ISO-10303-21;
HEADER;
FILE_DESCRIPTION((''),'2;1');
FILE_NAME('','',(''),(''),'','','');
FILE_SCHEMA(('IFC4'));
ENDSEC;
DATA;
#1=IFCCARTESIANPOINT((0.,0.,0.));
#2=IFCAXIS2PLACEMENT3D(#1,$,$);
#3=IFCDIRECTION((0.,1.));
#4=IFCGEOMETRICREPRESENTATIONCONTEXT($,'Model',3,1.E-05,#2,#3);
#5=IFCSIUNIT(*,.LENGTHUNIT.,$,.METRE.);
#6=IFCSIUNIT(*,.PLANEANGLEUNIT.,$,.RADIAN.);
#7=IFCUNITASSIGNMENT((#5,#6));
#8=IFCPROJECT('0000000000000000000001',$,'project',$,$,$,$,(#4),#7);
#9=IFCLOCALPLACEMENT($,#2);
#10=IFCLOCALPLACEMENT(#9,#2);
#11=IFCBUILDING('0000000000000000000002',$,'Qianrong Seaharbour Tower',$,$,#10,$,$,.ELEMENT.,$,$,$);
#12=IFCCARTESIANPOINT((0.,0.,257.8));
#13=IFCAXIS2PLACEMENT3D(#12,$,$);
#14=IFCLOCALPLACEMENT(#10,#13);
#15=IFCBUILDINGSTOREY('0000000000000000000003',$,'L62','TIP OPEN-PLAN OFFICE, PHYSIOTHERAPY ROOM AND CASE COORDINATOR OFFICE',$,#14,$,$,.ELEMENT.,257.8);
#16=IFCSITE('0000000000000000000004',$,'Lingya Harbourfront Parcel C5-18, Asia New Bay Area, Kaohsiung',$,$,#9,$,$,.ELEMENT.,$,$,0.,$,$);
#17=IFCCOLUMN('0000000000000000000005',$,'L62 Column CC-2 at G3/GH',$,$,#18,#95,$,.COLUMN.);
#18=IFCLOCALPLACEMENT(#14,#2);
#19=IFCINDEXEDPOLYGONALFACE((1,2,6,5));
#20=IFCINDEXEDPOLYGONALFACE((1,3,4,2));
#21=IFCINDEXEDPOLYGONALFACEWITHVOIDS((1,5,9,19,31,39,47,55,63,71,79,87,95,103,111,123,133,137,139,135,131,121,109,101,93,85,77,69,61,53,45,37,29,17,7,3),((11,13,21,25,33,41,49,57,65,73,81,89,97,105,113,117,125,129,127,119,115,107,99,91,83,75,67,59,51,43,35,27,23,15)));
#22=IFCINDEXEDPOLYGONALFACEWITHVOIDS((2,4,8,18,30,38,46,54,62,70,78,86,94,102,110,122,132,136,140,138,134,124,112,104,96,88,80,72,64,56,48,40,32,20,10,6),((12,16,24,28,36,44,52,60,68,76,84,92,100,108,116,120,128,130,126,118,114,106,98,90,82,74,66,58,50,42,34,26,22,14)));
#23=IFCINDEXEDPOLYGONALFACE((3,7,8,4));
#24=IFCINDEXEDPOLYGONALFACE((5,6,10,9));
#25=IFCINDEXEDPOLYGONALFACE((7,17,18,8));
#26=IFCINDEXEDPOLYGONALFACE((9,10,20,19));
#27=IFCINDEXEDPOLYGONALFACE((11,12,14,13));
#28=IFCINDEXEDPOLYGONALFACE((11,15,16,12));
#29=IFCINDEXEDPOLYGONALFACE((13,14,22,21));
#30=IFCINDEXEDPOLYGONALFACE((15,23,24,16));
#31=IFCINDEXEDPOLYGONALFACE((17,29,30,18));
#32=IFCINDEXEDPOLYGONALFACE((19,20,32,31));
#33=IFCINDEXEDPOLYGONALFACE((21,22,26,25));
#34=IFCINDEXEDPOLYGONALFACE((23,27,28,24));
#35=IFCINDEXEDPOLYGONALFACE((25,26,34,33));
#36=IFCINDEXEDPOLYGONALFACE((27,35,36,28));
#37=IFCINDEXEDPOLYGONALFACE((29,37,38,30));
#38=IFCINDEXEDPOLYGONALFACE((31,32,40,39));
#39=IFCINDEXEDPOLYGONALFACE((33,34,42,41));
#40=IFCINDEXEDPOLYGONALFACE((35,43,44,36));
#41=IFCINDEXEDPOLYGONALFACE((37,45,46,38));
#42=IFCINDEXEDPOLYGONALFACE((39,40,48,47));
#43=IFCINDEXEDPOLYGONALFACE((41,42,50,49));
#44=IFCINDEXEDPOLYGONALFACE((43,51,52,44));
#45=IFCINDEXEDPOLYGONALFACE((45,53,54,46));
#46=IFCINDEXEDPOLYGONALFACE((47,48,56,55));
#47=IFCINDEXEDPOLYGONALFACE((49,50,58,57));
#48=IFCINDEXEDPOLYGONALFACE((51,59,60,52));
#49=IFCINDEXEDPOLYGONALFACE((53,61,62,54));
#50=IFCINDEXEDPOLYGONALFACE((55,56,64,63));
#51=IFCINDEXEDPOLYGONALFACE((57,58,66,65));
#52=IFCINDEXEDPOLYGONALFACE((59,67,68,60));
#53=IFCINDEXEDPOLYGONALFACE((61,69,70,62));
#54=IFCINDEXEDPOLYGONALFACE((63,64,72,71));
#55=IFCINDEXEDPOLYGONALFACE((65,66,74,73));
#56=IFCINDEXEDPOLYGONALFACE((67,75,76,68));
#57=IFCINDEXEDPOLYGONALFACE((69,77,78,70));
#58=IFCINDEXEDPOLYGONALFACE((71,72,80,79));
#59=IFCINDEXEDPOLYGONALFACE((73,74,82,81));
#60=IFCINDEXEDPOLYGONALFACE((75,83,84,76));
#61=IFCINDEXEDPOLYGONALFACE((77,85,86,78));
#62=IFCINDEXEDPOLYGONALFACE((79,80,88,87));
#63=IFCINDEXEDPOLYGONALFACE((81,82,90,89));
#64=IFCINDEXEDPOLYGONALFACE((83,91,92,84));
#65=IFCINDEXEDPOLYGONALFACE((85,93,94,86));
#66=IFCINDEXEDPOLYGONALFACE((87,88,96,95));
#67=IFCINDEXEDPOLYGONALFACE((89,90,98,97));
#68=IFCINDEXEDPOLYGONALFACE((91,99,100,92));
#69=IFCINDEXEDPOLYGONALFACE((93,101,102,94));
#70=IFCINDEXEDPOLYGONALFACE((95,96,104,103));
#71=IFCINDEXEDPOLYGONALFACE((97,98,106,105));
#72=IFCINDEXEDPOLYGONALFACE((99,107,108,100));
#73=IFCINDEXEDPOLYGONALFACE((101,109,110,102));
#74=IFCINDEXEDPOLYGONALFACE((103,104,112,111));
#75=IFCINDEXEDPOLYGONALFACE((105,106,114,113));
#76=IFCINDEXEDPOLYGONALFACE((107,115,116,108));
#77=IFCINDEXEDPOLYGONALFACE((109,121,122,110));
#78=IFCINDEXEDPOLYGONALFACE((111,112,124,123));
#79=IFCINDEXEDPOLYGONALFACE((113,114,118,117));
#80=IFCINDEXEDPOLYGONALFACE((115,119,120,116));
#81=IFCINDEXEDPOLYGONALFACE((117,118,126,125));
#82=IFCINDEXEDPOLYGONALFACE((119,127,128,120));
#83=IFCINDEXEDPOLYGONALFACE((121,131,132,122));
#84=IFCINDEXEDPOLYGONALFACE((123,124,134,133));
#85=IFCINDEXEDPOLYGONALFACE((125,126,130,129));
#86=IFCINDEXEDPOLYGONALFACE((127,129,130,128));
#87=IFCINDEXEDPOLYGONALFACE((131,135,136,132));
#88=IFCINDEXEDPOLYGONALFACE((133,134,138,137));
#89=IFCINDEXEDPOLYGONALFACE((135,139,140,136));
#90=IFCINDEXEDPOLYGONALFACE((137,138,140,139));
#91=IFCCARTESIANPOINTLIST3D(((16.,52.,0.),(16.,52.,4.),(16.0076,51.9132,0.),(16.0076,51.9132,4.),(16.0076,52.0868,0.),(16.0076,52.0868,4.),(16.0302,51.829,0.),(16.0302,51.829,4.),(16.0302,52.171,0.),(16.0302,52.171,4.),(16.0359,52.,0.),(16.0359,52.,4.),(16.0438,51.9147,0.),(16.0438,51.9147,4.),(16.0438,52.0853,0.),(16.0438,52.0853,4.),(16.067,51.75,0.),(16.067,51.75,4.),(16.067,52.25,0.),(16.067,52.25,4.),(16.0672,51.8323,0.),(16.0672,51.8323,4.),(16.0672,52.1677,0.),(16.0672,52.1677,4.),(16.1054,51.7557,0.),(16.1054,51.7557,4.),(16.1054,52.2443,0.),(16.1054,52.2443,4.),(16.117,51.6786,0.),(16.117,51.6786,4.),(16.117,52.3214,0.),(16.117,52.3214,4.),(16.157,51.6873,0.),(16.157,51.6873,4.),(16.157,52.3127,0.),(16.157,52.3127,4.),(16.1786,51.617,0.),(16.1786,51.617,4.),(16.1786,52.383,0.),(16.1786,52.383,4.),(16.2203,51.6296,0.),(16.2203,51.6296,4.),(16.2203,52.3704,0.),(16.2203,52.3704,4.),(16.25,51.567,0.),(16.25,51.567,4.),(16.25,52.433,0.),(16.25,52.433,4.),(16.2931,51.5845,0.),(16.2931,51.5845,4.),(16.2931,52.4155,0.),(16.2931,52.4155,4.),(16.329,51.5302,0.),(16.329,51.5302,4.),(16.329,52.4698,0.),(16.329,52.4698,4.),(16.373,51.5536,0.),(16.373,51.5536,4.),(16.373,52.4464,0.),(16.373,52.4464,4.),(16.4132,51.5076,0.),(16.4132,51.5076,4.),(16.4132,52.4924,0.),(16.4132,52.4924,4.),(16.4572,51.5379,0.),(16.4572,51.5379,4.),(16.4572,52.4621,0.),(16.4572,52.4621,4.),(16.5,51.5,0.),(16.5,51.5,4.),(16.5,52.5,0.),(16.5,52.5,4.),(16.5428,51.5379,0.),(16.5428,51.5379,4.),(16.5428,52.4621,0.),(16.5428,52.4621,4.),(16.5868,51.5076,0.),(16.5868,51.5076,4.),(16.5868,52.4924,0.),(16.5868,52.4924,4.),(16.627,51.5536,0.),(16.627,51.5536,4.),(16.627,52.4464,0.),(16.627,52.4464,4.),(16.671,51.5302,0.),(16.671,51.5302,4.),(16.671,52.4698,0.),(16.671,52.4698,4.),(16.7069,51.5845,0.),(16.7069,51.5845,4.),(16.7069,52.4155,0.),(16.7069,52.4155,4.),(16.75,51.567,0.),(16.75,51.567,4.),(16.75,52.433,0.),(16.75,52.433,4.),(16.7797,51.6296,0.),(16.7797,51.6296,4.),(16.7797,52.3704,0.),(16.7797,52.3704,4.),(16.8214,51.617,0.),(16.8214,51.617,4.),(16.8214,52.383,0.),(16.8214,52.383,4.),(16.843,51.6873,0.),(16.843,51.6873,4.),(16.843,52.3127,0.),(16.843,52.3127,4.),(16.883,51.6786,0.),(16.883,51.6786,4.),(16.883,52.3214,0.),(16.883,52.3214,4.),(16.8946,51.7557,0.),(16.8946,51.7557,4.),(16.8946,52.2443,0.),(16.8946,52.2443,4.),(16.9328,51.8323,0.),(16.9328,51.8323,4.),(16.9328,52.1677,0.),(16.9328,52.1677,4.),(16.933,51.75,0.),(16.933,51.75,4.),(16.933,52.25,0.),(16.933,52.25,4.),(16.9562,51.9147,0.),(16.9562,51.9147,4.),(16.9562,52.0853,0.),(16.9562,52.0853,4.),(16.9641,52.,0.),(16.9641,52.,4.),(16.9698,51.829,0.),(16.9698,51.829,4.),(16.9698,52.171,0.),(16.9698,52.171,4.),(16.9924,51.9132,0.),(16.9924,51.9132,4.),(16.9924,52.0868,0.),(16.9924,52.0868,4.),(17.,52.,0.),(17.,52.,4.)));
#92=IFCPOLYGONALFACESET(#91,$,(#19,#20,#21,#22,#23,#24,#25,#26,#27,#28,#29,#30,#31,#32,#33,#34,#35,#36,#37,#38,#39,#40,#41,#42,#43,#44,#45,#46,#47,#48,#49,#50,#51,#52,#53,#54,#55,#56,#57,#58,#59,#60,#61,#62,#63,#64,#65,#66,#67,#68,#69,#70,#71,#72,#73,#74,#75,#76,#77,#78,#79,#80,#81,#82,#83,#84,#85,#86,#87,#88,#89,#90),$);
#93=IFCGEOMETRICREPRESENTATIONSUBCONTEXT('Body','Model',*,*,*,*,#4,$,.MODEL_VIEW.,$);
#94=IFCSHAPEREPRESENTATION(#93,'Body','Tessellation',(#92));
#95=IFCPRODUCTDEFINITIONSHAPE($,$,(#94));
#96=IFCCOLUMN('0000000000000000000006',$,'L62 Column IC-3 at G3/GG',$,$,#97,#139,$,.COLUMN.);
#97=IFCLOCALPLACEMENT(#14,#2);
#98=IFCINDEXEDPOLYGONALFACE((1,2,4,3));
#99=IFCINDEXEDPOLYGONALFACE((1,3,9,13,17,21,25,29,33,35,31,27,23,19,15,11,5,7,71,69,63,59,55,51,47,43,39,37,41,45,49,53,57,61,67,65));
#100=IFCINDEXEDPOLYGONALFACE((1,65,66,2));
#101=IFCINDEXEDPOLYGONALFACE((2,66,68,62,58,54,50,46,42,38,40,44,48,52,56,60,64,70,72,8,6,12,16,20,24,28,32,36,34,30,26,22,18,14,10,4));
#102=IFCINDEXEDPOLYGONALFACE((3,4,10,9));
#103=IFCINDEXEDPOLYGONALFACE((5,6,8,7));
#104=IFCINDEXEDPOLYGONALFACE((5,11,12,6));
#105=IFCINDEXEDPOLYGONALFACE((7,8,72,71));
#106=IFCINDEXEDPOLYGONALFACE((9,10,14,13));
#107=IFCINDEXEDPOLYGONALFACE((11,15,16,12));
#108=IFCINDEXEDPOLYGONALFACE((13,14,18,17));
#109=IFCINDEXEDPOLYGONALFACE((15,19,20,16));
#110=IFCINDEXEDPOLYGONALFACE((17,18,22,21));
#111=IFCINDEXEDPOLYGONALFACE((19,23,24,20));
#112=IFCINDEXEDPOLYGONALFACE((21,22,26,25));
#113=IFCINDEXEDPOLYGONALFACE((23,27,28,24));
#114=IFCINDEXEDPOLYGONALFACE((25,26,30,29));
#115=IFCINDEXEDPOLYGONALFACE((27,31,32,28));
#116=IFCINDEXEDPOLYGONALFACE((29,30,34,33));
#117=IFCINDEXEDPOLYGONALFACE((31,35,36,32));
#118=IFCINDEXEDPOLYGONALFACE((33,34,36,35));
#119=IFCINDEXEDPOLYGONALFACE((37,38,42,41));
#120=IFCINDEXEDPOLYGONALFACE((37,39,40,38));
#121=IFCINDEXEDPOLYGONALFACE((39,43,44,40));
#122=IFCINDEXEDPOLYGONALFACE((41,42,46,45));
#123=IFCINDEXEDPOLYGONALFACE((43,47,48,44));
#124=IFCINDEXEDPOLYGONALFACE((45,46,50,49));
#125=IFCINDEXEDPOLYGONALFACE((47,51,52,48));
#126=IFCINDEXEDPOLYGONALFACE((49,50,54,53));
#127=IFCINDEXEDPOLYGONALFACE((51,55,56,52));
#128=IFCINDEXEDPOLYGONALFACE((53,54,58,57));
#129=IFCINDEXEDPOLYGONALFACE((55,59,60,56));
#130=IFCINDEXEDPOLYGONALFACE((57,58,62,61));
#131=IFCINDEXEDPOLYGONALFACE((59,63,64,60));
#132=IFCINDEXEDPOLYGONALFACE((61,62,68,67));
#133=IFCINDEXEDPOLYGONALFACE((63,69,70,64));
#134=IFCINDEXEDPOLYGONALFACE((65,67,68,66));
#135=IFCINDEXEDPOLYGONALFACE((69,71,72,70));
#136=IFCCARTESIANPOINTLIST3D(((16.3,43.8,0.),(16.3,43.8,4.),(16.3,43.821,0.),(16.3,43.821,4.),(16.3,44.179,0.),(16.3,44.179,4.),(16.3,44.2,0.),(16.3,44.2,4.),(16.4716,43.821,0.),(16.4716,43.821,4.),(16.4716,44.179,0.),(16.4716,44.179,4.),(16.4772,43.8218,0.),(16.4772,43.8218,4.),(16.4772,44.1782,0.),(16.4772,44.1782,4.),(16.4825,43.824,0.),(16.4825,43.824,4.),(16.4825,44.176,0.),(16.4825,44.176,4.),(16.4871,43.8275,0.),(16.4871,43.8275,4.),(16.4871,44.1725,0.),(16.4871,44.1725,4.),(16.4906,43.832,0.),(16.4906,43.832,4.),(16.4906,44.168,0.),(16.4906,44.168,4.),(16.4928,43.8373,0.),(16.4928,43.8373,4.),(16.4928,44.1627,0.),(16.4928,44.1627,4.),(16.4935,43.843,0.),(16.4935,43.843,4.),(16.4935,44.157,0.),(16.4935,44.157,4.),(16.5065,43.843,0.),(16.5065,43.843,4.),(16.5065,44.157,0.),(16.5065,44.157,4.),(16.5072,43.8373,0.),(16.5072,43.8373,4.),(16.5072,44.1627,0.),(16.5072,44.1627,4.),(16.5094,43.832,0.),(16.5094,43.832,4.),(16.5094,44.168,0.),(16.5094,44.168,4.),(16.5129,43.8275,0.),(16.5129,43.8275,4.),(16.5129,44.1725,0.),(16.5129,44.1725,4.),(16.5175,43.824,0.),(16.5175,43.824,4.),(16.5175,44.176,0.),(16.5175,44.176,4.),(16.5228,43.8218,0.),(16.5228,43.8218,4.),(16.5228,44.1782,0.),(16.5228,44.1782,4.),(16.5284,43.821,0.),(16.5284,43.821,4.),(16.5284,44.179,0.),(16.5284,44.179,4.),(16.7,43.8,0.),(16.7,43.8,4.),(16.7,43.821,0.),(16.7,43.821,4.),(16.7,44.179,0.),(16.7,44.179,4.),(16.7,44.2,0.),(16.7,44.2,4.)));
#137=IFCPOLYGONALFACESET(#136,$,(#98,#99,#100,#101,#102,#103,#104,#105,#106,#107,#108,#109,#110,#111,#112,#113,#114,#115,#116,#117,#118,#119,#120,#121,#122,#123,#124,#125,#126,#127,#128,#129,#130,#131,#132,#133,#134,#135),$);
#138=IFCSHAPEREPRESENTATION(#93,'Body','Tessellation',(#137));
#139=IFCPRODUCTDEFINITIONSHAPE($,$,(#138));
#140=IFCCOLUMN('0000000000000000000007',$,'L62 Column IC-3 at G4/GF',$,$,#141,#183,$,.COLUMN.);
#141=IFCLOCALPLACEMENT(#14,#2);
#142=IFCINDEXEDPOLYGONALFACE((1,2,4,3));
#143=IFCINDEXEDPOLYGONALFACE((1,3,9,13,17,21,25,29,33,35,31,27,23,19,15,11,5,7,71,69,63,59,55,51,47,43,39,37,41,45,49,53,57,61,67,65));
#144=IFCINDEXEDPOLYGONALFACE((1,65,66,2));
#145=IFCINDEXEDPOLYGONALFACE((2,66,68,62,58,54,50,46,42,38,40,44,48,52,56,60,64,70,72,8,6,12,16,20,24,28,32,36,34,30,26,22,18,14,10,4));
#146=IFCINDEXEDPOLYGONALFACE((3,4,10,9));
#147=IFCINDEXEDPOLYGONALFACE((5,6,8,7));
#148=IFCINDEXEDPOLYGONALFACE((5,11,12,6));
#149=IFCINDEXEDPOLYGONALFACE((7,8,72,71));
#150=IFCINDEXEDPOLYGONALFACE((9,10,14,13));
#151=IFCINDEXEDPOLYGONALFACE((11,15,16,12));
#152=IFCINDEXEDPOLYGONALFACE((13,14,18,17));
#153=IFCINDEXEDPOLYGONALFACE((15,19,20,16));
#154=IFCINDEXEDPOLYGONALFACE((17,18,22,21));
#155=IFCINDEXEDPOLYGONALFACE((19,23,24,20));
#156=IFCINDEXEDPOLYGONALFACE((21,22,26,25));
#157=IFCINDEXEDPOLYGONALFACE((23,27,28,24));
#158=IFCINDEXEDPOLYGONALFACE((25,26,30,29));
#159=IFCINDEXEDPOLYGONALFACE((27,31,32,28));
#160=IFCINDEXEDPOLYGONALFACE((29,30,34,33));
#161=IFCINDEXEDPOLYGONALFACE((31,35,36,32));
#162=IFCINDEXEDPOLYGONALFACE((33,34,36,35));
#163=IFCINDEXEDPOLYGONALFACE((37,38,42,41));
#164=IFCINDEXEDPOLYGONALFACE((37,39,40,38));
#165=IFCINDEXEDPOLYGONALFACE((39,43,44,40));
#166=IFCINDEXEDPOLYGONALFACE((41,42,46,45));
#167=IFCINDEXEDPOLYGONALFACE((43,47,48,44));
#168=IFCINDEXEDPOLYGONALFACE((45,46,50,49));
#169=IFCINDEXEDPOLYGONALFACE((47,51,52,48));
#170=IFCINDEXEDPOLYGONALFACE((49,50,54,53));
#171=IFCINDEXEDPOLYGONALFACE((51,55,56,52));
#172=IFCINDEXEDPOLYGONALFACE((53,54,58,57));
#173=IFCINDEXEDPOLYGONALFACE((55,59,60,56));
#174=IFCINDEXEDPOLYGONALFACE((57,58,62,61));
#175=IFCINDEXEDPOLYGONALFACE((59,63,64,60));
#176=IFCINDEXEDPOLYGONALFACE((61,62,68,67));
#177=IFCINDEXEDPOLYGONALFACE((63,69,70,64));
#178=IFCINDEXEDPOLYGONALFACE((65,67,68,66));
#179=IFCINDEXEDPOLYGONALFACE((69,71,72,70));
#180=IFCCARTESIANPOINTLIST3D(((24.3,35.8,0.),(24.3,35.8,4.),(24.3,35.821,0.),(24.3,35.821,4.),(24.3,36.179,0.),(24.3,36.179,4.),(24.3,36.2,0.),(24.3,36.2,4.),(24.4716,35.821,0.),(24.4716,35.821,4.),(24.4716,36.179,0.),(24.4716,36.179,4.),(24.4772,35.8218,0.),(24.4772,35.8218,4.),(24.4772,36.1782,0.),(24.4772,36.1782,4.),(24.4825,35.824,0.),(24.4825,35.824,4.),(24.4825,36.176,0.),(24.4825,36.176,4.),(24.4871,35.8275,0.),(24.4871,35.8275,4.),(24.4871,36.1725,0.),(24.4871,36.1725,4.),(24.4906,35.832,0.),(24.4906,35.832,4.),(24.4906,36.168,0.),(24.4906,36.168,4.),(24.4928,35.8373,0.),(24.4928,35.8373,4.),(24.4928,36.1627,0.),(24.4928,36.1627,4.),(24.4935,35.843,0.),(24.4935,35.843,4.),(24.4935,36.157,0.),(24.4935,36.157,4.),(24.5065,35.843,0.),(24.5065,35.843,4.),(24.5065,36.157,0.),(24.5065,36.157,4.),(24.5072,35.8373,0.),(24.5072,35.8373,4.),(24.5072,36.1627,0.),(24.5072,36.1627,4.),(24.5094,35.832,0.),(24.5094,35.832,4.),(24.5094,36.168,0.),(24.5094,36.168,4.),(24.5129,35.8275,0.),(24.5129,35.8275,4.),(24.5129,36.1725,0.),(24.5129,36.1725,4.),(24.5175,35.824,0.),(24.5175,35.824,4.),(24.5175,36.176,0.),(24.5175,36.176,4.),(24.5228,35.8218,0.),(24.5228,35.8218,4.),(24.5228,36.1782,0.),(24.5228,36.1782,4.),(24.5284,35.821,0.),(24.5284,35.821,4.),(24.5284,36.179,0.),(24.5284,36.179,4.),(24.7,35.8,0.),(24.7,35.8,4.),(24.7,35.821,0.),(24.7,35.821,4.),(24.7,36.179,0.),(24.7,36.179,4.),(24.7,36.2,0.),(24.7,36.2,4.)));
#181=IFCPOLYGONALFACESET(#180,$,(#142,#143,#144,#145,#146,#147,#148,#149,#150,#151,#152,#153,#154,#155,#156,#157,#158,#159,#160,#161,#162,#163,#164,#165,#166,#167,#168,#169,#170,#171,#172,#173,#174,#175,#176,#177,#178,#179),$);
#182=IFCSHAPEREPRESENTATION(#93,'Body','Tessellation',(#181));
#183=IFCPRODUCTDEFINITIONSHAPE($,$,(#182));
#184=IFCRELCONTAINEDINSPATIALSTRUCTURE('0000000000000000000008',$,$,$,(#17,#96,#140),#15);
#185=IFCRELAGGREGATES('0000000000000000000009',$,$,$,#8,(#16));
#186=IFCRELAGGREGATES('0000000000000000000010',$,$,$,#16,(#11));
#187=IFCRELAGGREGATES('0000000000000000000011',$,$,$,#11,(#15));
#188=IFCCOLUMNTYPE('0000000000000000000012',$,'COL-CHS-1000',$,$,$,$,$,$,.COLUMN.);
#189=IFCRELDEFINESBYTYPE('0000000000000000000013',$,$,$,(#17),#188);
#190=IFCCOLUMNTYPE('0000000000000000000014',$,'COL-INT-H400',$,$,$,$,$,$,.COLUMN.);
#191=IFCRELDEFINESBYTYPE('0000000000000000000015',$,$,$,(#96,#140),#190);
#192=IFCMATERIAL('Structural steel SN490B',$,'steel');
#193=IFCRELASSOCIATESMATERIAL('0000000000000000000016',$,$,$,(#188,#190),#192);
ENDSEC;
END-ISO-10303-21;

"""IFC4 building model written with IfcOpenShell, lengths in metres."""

from ifc_helpers import new_model, si_unit, direction, frame, origin, origin_2d, place, context, subcontext, project, spatial, hollow_circle, i_section, extrude, material, material_profile, profile_set, type_object, element, save


model = new_model("IFC4")

# Units and contexts
model_context = context("Model", 3, precision=1e-05, world=origin(), true_north=direction((0.0, 1.0)))
body_context = subcontext(model_context, "Body", "Model", "MODEL_VIEW")
ifc_project = project(units=[si_unit("LENGTHUNIT", "METRE"), si_unit("PLANEANGLEUNIT", "RADIAN")], contexts=[model_context])

# Site, building, storey
site_placement = place(None, origin())
site = spatial("IfcSite", under=ifc_project, at=site_placement, Name="Lingya Harbourfront Parcel C5-18, Asia New Bay Area, Kaohsiung", CompositionType="ELEMENT", RefElevation=0.0)
building_placement = place(site_placement, origin())
building = spatial("IfcBuilding", under=site, at=building_placement, Name="Qianrong Seaharbour Tower", CompositionType="ELEMENT")
storey_placement = place(building_placement, frame((0.0, 0.0, 257.8)))
storey = spatial("IfcBuildingStorey", under=building, at=storey_placement, Name="L62", Description="TIP OPEN-PLAN OFFICE, PHYSIOTHERAPY ROOM AND CASE COORDINATOR OFFICE", CompositionType="ELEMENT", Elevation=257.8)

# Columns
ifc_material_1 = material(Name="Structural steel SN490B", Category="steel")
ifc_material_profile_1 = material_profile(ifc_material_1, hollow_circle(Radius=0.5, WallThickness=0.0359, at=origin_2d()), Name="CHS1000x36")
ifc_profile_set_1 = profile_set([ifc_material_profile_1], Name="Structural steel SN490B")
column_type_1 = type_object("IfcColumnType", Name="COL-CHS-1000", PredefinedType="COLUMN", material=ifc_profile_set_1)
column_placement = place(storey_placement, frame((16.5, 52.0, 0.0), z_axis=(0.0, 0.0, 1.0), x_axis=(1.0, 0.0, 0.0)))
element("IfcColumn", 1, at=column_placement, inside=storey, type_object=column_type_1, Name="L62 Column CC-2 at G3/GH", PredefinedType="COLUMN", context=body_context, shape_type="SweptSolid", body=[
    extrude(hollow_circle(Radius=0.5, WallThickness=0.0359, at=origin_2d()), origin(), (0.0, 0.0, 1.0), 4.0),
])
ifc_material_profile_2 = material_profile(ifc_material_1, i_section(OverallWidth=0.3999, OverallDepth=0.3999, WebThickness=0.0129, FlangeThickness=0.021, FilletRadius=0.022, at=origin_2d()), Name="H400x400x13x21")
ifc_profile_set_2 = profile_set([ifc_material_profile_2], Name="Structural steel SN490B")
column_type_2 = type_object("IfcColumnType", Name="COL-INT-H400", PredefinedType="COLUMN", material=ifc_profile_set_2)
for number, where, z_axis, x_axis, name in (
    (2, (16.5, 44.0, 0.0), (0.0, 0.0, 1.0), (1.0, 0.0, 0.0), "L62 Column IC-3 at G3/GG"),
    (3, (24.5, 36.0, 0.0), (0.0, 0.0, 1.0), (1.0, 0.0, 0.0), "L62 Column IC-3 at G4/GF"),
):
    element("IfcColumn", number, at=place(storey_placement, frame(where, z_axis=z_axis, x_axis=x_axis)), inside=storey, type_object=column_type_2, Name=name, PredefinedType="COLUMN", context=body_context, shape_type="SweptSolid", body=[
        extrude(i_section(OverallWidth=0.3999, OverallDepth=0.3999, WebThickness=0.0129, FlangeThickness=0.021, FilletRadius=0.022, at=origin_2d()), origin(), (0.0, 0.0, 1.0), 4.0),
    ])

save(model, "model.ifc")
